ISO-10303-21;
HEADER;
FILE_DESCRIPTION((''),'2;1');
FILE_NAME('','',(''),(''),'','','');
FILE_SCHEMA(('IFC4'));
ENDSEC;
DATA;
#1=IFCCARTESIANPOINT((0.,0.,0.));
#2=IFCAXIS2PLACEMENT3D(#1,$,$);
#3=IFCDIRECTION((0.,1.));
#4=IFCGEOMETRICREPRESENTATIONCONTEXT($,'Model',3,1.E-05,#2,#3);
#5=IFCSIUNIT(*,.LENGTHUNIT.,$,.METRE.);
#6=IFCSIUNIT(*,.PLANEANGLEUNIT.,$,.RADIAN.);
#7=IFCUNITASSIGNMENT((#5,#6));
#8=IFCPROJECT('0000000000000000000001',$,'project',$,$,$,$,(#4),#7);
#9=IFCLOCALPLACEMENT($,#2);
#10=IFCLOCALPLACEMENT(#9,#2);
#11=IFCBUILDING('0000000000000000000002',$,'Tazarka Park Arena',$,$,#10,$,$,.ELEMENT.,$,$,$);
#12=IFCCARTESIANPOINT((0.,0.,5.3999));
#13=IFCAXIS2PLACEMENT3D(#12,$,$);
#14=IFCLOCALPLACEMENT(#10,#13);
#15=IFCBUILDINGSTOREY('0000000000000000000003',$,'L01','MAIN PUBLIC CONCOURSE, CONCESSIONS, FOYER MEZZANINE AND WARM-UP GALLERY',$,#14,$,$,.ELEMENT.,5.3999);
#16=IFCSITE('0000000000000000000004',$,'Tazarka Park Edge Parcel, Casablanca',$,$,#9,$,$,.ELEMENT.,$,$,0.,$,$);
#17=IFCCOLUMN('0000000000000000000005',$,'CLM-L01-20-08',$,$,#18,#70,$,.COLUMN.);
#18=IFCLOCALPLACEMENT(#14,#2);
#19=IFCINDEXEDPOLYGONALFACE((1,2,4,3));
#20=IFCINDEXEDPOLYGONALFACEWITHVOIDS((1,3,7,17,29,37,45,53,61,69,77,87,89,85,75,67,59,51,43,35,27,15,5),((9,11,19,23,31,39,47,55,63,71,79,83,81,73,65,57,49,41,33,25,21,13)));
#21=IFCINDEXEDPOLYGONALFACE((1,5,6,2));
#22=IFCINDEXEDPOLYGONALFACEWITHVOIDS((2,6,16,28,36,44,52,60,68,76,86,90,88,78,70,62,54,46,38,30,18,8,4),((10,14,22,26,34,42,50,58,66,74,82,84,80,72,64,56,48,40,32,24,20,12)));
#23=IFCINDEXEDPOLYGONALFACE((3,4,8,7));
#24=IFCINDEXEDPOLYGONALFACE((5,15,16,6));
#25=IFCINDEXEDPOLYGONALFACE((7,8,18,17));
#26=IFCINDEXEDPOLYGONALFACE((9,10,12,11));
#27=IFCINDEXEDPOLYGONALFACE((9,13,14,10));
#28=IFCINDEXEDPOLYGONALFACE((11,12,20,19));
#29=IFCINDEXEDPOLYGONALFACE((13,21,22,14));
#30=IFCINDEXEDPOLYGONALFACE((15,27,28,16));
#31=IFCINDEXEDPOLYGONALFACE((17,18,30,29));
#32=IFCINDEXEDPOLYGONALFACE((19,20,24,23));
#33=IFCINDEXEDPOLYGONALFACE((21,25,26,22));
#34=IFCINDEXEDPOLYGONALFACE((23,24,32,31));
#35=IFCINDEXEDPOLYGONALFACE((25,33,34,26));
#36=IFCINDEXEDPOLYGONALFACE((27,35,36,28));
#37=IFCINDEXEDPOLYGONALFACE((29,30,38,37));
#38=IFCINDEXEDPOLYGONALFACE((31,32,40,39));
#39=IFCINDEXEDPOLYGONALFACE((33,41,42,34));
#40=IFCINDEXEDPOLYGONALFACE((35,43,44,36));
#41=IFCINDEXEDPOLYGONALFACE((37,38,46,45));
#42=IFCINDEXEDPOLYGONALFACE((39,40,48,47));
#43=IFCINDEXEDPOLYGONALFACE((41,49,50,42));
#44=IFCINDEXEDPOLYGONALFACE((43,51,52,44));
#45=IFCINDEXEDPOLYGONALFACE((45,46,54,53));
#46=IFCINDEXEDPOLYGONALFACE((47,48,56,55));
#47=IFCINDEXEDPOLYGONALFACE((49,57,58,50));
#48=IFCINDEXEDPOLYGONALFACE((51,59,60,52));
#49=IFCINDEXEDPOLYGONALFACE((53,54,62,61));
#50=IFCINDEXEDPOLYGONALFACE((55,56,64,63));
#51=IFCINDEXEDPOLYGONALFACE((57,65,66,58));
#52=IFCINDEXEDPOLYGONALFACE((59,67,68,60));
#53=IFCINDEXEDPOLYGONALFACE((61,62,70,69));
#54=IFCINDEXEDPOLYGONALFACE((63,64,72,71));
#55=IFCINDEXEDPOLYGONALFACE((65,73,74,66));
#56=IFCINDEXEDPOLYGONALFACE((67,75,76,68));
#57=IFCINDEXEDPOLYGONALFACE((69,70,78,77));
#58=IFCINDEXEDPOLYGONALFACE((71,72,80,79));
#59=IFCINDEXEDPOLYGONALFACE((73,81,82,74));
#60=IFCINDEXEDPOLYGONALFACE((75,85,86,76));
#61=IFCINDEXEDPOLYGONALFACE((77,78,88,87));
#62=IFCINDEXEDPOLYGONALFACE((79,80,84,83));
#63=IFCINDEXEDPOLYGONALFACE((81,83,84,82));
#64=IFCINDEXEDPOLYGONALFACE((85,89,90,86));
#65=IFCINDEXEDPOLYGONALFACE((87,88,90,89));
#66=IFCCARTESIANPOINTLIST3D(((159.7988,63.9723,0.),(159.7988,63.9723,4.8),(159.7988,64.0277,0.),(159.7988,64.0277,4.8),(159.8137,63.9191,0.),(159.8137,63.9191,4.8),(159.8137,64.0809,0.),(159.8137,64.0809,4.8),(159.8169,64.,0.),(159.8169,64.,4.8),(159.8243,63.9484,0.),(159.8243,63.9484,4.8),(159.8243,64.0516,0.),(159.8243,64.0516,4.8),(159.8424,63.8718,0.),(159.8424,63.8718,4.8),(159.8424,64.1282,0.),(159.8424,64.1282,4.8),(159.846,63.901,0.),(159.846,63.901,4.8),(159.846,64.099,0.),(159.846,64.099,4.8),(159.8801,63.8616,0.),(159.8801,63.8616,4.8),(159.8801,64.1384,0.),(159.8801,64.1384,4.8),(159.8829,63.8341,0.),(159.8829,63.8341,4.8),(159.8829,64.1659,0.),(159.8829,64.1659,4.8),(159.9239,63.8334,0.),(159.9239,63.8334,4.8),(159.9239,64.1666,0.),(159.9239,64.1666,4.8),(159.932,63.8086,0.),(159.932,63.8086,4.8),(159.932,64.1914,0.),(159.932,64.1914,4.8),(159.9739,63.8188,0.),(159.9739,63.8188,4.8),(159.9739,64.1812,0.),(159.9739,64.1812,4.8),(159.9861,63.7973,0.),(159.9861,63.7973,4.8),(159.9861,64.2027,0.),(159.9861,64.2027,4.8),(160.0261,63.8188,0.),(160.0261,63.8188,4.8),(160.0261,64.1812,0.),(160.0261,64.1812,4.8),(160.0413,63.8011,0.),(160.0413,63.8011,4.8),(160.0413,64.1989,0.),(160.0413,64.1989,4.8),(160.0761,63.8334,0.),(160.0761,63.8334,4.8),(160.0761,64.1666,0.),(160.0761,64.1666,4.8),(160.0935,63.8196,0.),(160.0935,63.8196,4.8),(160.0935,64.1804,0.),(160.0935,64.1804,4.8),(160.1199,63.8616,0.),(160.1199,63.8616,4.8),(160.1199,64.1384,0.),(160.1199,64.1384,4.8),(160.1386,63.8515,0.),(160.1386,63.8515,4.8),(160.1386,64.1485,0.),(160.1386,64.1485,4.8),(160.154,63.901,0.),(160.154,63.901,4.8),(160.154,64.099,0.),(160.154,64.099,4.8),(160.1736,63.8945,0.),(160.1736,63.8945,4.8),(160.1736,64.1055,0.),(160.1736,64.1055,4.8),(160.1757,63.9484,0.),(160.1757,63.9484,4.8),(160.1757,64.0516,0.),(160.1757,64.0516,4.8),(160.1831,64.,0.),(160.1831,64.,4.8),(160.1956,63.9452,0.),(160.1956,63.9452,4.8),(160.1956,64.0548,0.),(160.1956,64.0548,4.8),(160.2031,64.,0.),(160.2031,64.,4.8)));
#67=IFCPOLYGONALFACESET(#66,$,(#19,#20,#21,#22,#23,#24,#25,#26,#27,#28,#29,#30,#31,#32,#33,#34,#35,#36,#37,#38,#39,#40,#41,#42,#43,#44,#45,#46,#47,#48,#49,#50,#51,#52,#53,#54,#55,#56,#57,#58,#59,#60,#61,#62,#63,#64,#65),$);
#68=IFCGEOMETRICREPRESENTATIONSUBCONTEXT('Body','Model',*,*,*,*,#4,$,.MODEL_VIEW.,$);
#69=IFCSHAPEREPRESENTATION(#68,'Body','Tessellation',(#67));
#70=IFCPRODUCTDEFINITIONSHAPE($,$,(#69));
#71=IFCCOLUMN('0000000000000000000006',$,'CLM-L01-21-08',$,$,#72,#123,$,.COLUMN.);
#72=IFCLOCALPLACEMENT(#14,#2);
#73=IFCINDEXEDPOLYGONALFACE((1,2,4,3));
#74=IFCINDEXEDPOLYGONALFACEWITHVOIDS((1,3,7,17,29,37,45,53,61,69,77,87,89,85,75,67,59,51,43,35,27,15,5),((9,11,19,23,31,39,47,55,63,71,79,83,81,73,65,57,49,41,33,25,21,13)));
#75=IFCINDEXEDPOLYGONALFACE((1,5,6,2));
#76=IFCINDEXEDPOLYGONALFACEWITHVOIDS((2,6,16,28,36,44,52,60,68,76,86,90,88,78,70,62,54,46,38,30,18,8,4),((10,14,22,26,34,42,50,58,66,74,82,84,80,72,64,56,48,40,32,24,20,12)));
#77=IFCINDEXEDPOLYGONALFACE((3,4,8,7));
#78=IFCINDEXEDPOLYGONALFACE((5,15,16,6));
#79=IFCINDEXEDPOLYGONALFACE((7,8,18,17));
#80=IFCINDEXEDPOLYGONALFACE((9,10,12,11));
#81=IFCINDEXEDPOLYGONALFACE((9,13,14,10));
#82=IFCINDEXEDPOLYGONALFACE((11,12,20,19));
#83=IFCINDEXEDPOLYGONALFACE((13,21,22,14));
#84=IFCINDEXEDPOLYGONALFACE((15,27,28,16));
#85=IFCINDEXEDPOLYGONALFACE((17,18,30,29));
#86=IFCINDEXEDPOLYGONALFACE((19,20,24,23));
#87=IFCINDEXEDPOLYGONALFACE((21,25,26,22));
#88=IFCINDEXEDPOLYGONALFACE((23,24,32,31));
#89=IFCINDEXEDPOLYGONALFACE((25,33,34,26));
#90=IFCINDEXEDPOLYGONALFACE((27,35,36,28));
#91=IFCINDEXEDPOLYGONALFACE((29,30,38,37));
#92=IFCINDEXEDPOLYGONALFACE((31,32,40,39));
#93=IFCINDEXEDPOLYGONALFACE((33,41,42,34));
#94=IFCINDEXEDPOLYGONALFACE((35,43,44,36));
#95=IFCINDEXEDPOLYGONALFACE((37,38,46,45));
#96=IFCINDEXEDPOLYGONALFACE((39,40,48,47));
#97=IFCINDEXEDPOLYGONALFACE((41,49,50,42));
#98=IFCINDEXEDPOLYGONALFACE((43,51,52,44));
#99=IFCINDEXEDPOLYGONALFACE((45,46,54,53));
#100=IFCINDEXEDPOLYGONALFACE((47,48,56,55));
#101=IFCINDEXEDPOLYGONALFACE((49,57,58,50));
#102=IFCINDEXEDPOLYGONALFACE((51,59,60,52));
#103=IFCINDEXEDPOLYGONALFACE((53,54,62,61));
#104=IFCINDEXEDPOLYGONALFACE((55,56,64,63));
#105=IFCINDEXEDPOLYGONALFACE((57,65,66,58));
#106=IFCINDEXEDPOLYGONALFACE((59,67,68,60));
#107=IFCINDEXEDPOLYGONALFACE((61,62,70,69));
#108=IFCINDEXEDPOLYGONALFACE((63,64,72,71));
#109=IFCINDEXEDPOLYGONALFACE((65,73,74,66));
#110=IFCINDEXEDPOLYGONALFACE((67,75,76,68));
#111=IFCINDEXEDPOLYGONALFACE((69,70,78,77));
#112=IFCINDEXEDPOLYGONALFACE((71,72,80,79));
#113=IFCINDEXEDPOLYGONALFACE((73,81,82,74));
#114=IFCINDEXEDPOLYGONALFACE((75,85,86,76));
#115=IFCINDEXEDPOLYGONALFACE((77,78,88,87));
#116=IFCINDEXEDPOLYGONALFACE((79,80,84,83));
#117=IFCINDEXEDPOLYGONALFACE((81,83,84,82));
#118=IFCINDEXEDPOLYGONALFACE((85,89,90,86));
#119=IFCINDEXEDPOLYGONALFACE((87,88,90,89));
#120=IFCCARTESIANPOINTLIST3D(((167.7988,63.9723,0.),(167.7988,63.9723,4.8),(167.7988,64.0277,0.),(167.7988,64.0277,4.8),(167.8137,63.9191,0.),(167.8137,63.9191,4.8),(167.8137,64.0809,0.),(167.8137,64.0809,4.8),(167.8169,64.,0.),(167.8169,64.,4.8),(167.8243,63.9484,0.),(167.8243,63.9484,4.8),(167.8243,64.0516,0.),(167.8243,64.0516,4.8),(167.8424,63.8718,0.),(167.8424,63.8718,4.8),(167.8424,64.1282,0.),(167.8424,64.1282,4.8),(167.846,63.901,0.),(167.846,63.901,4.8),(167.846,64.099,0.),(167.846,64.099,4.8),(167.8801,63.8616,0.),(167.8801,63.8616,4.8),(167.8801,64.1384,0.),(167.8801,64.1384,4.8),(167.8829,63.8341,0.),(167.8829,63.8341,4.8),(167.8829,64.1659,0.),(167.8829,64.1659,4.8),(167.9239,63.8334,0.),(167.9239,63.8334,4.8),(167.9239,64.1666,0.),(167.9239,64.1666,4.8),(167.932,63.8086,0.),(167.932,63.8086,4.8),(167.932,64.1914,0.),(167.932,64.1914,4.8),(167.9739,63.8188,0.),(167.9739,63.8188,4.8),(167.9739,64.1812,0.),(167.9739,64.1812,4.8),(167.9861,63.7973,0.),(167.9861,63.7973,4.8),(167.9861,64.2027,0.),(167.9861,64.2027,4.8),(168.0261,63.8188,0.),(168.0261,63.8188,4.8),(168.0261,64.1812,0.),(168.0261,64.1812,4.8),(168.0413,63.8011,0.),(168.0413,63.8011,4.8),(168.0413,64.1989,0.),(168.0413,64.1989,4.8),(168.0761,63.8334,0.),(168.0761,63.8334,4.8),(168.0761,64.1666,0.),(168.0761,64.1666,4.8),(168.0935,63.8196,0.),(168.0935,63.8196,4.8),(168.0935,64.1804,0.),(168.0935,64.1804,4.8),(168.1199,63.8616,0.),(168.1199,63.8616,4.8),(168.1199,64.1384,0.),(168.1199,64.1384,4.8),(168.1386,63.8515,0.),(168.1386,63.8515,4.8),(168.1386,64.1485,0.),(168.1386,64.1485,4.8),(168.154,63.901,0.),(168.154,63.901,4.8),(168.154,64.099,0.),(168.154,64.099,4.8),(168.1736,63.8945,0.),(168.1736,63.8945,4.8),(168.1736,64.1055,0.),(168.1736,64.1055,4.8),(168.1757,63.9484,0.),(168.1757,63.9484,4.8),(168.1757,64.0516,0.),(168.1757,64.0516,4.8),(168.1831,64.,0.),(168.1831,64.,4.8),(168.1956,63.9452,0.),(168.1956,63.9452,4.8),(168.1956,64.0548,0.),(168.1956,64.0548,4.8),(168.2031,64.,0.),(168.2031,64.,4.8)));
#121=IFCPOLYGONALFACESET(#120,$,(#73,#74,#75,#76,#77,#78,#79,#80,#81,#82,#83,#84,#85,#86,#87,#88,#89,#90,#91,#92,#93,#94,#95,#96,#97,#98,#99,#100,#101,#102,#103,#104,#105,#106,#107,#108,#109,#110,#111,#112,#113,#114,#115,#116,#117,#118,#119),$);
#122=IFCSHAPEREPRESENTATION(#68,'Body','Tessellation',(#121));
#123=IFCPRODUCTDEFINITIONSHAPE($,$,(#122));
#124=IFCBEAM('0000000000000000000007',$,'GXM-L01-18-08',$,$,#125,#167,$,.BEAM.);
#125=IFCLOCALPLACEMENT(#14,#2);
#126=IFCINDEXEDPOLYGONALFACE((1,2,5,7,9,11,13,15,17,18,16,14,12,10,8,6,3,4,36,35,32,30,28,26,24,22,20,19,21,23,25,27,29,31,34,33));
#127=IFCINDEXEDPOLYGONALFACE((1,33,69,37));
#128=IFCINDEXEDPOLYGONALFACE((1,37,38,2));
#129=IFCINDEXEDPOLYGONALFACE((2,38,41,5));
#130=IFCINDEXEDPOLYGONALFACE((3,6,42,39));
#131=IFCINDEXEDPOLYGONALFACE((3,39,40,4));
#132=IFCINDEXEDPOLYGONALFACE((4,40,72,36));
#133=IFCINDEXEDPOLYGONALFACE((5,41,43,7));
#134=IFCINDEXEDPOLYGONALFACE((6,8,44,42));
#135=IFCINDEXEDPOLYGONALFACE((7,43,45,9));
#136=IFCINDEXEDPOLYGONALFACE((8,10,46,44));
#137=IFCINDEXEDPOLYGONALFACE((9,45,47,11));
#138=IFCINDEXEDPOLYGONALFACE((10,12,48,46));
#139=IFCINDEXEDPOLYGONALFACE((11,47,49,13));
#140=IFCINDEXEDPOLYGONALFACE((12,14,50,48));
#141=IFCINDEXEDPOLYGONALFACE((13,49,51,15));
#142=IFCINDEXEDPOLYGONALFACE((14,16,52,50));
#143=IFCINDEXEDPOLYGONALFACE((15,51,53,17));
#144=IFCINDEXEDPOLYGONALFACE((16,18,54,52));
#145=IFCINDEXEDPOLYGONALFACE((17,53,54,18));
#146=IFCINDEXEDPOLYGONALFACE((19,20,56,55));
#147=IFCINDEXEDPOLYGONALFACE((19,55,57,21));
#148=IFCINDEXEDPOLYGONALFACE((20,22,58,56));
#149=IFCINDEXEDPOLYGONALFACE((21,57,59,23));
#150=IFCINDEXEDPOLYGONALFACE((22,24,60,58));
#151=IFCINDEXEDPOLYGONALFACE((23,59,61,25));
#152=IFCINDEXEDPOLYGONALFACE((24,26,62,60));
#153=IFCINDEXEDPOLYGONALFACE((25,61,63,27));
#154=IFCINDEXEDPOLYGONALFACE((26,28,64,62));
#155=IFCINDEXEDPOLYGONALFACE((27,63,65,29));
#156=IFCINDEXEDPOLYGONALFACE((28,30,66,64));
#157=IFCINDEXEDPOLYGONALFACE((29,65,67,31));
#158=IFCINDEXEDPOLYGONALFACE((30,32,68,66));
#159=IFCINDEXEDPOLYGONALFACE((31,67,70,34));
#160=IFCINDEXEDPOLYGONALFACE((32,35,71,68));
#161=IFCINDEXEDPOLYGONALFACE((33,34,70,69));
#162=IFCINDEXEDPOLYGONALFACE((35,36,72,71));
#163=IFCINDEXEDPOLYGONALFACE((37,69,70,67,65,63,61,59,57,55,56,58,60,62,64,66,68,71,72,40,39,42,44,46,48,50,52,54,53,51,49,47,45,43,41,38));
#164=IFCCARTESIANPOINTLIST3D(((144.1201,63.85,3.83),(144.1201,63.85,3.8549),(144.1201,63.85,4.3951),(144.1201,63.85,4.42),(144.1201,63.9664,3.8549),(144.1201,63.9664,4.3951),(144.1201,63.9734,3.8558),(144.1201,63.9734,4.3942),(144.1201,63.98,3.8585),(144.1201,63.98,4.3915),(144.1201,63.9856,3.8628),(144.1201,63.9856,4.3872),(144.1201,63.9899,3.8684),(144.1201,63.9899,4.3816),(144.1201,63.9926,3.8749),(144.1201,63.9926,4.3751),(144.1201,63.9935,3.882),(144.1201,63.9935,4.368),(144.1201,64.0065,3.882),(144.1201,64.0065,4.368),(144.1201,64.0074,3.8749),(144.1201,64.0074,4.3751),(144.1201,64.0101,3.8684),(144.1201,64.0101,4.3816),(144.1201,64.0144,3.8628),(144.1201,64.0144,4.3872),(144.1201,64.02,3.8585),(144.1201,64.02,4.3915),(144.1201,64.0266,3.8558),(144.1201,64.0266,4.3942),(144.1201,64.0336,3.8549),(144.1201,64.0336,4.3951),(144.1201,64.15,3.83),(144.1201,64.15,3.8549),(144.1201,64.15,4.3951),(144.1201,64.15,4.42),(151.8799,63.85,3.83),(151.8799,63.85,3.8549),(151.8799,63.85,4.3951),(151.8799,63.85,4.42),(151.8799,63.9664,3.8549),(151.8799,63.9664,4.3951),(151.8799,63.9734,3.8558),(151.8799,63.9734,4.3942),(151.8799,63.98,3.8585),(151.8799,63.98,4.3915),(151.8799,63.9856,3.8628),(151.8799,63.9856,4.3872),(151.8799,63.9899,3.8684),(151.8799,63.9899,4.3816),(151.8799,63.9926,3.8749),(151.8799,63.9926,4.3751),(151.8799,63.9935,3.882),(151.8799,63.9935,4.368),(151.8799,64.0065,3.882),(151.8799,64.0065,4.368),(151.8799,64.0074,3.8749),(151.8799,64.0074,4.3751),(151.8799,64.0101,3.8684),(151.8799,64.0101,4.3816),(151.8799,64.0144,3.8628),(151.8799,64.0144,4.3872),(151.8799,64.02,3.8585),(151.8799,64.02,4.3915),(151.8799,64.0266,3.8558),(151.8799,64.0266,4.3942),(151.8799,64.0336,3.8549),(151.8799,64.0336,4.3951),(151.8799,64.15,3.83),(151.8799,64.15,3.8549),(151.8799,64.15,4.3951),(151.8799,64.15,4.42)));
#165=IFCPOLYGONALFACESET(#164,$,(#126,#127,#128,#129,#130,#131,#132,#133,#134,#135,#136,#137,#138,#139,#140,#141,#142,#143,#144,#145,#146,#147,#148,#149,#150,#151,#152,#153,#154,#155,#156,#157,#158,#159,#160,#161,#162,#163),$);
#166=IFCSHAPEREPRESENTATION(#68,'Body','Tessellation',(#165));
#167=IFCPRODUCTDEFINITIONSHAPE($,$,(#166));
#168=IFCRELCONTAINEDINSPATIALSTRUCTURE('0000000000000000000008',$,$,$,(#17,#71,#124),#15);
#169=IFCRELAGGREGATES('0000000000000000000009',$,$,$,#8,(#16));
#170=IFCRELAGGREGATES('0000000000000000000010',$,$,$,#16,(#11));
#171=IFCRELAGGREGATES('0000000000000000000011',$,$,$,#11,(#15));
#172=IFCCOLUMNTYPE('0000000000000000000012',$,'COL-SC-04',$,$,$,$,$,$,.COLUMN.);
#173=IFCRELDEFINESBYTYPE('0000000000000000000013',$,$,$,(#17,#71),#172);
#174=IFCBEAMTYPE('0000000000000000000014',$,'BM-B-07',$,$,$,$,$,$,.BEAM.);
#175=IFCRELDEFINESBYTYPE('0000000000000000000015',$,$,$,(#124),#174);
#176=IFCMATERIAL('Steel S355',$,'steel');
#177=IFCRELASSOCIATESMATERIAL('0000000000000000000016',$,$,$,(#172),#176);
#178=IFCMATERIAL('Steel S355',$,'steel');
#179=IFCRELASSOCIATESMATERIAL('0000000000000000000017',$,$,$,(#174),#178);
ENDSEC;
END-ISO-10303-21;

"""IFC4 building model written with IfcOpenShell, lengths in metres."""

from ifc_helpers import new_model, si_unit, direction, frame, origin, origin_2d, place, context, subcontext, project, spatial, hollow_circle, i_section, extrude, material, material_profile, profile_set, type_object, element, save


model = new_model("IFC4")

# Units and contexts
model_context = context("Model", 3, precision=1e-05, world=origin(), true_north=direction((0.0, 1.0)))
body_context = subcontext(model_context, "Body", "Model", "MODEL_VIEW")
ifc_project = project(units=[si_unit("LENGTHUNIT", "METRE"), si_unit("PLANEANGLEUNIT", "RADIAN")], contexts=[model_context])

# Site, building, storey
site_placement = place(None, origin())
site = spatial("IfcSite", under=ifc_project, at=site_placement, Name="Tazarka Park Edge Parcel, Casablanca", CompositionType="ELEMENT", RefElevation=0.0)
building_placement = place(site_placement, origin())
building = spatial("IfcBuilding", under=site, at=building_placement, Name="Tazarka Park Arena", CompositionType="ELEMENT")
storey_placement = place(building_placement, frame((0.0, 0.0, 5.3999)))
storey = spatial("IfcBuildingStorey", under=building, at=storey_placement, Name="L01", Description="MAIN PUBLIC CONCOURSE, CONCESSIONS, FOYER MEZZANINE AND WARM-UP GALLERY", CompositionType="ELEMENT", Elevation=5.3999)

# Columns
ifc_material_1 = material(Name="Steel S355", Category="steel")
ifc_material_profile_1 = material_profile(ifc_material_1, hollow_circle(Radius=0.2031, WallThickness=0.02, at=origin_2d()), Name="Steel S355")
ifc_profile_set_1 = profile_set([ifc_material_profile_1], Name="Steel S355")
column_type_1 = type_object("IfcColumnType", Name="COL-SC-04", PredefinedType="COLUMN", material=ifc_profile_set_1)
for number, where, z_axis, x_axis, name in (
    (1, (160.0, 64.0, 0.0), (0.0, 0.0, 1.0), (1.0, 0.0, 0.0), "CLM-L01-20-08"),
    (2, (168.0, 64.0, 0.0), (0.0, 0.0, 1.0), (1.0, 0.0, 0.0), "CLM-L01-21-08"),
):
    element("IfcColumn", number, at=place(storey_placement, frame(where, z_axis=z_axis, x_axis=x_axis)), inside=storey, type_object=column_type_1, Name=name, PredefinedType="COLUMN", context=body_context, shape_type="SweptSolid", body=[
        extrude(hollow_circle(Radius=0.2031, WallThickness=0.02, at=origin_2d()), origin(), (0.0, 0.0, 1.0), 4.8),
    ])

# Beam
ifc_material_2 = material(Name="Steel S355", Category="steel")
ifc_material_profile_2 = material_profile(ifc_material_2, i_section(OverallWidth=0.3, OverallDepth=0.5901, WebThickness=0.0129, FlangeThickness=0.0249, FilletRadius=0.0271, at=origin_2d()), Name="Steel S355")
ifc_profile_set_2 = profile_set([ifc_material_profile_2], Name="Steel S355")
beam_type_1 = type_object("IfcBeamType", Name="BM-B-07", PredefinedType="BEAM", material=ifc_profile_set_2)
for number, where, z_axis, x_axis, name in (
    (3, (144.1201, 64.0, 4.125), (1.0, 0.0, 0.0), (0.0, 1.0, 0.0), "GXM-L01-18-08"),
):
    element("IfcBeam", number, at=place(storey_placement, frame(where, z_axis=z_axis, x_axis=x_axis)), inside=storey, type_object=beam_type_1, Name=name, PredefinedType="BEAM", context=body_context, shape_type="SweptSolid", body=[
        extrude(i_section(OverallWidth=0.3, OverallDepth=0.5901, WebThickness=0.0129, FlangeThickness=0.0249, FilletRadius=0.0271, at=origin_2d()), origin(), (0.0, 0.0, 1.0), 7.7598),
    ])

save(model, "model.ifc")
